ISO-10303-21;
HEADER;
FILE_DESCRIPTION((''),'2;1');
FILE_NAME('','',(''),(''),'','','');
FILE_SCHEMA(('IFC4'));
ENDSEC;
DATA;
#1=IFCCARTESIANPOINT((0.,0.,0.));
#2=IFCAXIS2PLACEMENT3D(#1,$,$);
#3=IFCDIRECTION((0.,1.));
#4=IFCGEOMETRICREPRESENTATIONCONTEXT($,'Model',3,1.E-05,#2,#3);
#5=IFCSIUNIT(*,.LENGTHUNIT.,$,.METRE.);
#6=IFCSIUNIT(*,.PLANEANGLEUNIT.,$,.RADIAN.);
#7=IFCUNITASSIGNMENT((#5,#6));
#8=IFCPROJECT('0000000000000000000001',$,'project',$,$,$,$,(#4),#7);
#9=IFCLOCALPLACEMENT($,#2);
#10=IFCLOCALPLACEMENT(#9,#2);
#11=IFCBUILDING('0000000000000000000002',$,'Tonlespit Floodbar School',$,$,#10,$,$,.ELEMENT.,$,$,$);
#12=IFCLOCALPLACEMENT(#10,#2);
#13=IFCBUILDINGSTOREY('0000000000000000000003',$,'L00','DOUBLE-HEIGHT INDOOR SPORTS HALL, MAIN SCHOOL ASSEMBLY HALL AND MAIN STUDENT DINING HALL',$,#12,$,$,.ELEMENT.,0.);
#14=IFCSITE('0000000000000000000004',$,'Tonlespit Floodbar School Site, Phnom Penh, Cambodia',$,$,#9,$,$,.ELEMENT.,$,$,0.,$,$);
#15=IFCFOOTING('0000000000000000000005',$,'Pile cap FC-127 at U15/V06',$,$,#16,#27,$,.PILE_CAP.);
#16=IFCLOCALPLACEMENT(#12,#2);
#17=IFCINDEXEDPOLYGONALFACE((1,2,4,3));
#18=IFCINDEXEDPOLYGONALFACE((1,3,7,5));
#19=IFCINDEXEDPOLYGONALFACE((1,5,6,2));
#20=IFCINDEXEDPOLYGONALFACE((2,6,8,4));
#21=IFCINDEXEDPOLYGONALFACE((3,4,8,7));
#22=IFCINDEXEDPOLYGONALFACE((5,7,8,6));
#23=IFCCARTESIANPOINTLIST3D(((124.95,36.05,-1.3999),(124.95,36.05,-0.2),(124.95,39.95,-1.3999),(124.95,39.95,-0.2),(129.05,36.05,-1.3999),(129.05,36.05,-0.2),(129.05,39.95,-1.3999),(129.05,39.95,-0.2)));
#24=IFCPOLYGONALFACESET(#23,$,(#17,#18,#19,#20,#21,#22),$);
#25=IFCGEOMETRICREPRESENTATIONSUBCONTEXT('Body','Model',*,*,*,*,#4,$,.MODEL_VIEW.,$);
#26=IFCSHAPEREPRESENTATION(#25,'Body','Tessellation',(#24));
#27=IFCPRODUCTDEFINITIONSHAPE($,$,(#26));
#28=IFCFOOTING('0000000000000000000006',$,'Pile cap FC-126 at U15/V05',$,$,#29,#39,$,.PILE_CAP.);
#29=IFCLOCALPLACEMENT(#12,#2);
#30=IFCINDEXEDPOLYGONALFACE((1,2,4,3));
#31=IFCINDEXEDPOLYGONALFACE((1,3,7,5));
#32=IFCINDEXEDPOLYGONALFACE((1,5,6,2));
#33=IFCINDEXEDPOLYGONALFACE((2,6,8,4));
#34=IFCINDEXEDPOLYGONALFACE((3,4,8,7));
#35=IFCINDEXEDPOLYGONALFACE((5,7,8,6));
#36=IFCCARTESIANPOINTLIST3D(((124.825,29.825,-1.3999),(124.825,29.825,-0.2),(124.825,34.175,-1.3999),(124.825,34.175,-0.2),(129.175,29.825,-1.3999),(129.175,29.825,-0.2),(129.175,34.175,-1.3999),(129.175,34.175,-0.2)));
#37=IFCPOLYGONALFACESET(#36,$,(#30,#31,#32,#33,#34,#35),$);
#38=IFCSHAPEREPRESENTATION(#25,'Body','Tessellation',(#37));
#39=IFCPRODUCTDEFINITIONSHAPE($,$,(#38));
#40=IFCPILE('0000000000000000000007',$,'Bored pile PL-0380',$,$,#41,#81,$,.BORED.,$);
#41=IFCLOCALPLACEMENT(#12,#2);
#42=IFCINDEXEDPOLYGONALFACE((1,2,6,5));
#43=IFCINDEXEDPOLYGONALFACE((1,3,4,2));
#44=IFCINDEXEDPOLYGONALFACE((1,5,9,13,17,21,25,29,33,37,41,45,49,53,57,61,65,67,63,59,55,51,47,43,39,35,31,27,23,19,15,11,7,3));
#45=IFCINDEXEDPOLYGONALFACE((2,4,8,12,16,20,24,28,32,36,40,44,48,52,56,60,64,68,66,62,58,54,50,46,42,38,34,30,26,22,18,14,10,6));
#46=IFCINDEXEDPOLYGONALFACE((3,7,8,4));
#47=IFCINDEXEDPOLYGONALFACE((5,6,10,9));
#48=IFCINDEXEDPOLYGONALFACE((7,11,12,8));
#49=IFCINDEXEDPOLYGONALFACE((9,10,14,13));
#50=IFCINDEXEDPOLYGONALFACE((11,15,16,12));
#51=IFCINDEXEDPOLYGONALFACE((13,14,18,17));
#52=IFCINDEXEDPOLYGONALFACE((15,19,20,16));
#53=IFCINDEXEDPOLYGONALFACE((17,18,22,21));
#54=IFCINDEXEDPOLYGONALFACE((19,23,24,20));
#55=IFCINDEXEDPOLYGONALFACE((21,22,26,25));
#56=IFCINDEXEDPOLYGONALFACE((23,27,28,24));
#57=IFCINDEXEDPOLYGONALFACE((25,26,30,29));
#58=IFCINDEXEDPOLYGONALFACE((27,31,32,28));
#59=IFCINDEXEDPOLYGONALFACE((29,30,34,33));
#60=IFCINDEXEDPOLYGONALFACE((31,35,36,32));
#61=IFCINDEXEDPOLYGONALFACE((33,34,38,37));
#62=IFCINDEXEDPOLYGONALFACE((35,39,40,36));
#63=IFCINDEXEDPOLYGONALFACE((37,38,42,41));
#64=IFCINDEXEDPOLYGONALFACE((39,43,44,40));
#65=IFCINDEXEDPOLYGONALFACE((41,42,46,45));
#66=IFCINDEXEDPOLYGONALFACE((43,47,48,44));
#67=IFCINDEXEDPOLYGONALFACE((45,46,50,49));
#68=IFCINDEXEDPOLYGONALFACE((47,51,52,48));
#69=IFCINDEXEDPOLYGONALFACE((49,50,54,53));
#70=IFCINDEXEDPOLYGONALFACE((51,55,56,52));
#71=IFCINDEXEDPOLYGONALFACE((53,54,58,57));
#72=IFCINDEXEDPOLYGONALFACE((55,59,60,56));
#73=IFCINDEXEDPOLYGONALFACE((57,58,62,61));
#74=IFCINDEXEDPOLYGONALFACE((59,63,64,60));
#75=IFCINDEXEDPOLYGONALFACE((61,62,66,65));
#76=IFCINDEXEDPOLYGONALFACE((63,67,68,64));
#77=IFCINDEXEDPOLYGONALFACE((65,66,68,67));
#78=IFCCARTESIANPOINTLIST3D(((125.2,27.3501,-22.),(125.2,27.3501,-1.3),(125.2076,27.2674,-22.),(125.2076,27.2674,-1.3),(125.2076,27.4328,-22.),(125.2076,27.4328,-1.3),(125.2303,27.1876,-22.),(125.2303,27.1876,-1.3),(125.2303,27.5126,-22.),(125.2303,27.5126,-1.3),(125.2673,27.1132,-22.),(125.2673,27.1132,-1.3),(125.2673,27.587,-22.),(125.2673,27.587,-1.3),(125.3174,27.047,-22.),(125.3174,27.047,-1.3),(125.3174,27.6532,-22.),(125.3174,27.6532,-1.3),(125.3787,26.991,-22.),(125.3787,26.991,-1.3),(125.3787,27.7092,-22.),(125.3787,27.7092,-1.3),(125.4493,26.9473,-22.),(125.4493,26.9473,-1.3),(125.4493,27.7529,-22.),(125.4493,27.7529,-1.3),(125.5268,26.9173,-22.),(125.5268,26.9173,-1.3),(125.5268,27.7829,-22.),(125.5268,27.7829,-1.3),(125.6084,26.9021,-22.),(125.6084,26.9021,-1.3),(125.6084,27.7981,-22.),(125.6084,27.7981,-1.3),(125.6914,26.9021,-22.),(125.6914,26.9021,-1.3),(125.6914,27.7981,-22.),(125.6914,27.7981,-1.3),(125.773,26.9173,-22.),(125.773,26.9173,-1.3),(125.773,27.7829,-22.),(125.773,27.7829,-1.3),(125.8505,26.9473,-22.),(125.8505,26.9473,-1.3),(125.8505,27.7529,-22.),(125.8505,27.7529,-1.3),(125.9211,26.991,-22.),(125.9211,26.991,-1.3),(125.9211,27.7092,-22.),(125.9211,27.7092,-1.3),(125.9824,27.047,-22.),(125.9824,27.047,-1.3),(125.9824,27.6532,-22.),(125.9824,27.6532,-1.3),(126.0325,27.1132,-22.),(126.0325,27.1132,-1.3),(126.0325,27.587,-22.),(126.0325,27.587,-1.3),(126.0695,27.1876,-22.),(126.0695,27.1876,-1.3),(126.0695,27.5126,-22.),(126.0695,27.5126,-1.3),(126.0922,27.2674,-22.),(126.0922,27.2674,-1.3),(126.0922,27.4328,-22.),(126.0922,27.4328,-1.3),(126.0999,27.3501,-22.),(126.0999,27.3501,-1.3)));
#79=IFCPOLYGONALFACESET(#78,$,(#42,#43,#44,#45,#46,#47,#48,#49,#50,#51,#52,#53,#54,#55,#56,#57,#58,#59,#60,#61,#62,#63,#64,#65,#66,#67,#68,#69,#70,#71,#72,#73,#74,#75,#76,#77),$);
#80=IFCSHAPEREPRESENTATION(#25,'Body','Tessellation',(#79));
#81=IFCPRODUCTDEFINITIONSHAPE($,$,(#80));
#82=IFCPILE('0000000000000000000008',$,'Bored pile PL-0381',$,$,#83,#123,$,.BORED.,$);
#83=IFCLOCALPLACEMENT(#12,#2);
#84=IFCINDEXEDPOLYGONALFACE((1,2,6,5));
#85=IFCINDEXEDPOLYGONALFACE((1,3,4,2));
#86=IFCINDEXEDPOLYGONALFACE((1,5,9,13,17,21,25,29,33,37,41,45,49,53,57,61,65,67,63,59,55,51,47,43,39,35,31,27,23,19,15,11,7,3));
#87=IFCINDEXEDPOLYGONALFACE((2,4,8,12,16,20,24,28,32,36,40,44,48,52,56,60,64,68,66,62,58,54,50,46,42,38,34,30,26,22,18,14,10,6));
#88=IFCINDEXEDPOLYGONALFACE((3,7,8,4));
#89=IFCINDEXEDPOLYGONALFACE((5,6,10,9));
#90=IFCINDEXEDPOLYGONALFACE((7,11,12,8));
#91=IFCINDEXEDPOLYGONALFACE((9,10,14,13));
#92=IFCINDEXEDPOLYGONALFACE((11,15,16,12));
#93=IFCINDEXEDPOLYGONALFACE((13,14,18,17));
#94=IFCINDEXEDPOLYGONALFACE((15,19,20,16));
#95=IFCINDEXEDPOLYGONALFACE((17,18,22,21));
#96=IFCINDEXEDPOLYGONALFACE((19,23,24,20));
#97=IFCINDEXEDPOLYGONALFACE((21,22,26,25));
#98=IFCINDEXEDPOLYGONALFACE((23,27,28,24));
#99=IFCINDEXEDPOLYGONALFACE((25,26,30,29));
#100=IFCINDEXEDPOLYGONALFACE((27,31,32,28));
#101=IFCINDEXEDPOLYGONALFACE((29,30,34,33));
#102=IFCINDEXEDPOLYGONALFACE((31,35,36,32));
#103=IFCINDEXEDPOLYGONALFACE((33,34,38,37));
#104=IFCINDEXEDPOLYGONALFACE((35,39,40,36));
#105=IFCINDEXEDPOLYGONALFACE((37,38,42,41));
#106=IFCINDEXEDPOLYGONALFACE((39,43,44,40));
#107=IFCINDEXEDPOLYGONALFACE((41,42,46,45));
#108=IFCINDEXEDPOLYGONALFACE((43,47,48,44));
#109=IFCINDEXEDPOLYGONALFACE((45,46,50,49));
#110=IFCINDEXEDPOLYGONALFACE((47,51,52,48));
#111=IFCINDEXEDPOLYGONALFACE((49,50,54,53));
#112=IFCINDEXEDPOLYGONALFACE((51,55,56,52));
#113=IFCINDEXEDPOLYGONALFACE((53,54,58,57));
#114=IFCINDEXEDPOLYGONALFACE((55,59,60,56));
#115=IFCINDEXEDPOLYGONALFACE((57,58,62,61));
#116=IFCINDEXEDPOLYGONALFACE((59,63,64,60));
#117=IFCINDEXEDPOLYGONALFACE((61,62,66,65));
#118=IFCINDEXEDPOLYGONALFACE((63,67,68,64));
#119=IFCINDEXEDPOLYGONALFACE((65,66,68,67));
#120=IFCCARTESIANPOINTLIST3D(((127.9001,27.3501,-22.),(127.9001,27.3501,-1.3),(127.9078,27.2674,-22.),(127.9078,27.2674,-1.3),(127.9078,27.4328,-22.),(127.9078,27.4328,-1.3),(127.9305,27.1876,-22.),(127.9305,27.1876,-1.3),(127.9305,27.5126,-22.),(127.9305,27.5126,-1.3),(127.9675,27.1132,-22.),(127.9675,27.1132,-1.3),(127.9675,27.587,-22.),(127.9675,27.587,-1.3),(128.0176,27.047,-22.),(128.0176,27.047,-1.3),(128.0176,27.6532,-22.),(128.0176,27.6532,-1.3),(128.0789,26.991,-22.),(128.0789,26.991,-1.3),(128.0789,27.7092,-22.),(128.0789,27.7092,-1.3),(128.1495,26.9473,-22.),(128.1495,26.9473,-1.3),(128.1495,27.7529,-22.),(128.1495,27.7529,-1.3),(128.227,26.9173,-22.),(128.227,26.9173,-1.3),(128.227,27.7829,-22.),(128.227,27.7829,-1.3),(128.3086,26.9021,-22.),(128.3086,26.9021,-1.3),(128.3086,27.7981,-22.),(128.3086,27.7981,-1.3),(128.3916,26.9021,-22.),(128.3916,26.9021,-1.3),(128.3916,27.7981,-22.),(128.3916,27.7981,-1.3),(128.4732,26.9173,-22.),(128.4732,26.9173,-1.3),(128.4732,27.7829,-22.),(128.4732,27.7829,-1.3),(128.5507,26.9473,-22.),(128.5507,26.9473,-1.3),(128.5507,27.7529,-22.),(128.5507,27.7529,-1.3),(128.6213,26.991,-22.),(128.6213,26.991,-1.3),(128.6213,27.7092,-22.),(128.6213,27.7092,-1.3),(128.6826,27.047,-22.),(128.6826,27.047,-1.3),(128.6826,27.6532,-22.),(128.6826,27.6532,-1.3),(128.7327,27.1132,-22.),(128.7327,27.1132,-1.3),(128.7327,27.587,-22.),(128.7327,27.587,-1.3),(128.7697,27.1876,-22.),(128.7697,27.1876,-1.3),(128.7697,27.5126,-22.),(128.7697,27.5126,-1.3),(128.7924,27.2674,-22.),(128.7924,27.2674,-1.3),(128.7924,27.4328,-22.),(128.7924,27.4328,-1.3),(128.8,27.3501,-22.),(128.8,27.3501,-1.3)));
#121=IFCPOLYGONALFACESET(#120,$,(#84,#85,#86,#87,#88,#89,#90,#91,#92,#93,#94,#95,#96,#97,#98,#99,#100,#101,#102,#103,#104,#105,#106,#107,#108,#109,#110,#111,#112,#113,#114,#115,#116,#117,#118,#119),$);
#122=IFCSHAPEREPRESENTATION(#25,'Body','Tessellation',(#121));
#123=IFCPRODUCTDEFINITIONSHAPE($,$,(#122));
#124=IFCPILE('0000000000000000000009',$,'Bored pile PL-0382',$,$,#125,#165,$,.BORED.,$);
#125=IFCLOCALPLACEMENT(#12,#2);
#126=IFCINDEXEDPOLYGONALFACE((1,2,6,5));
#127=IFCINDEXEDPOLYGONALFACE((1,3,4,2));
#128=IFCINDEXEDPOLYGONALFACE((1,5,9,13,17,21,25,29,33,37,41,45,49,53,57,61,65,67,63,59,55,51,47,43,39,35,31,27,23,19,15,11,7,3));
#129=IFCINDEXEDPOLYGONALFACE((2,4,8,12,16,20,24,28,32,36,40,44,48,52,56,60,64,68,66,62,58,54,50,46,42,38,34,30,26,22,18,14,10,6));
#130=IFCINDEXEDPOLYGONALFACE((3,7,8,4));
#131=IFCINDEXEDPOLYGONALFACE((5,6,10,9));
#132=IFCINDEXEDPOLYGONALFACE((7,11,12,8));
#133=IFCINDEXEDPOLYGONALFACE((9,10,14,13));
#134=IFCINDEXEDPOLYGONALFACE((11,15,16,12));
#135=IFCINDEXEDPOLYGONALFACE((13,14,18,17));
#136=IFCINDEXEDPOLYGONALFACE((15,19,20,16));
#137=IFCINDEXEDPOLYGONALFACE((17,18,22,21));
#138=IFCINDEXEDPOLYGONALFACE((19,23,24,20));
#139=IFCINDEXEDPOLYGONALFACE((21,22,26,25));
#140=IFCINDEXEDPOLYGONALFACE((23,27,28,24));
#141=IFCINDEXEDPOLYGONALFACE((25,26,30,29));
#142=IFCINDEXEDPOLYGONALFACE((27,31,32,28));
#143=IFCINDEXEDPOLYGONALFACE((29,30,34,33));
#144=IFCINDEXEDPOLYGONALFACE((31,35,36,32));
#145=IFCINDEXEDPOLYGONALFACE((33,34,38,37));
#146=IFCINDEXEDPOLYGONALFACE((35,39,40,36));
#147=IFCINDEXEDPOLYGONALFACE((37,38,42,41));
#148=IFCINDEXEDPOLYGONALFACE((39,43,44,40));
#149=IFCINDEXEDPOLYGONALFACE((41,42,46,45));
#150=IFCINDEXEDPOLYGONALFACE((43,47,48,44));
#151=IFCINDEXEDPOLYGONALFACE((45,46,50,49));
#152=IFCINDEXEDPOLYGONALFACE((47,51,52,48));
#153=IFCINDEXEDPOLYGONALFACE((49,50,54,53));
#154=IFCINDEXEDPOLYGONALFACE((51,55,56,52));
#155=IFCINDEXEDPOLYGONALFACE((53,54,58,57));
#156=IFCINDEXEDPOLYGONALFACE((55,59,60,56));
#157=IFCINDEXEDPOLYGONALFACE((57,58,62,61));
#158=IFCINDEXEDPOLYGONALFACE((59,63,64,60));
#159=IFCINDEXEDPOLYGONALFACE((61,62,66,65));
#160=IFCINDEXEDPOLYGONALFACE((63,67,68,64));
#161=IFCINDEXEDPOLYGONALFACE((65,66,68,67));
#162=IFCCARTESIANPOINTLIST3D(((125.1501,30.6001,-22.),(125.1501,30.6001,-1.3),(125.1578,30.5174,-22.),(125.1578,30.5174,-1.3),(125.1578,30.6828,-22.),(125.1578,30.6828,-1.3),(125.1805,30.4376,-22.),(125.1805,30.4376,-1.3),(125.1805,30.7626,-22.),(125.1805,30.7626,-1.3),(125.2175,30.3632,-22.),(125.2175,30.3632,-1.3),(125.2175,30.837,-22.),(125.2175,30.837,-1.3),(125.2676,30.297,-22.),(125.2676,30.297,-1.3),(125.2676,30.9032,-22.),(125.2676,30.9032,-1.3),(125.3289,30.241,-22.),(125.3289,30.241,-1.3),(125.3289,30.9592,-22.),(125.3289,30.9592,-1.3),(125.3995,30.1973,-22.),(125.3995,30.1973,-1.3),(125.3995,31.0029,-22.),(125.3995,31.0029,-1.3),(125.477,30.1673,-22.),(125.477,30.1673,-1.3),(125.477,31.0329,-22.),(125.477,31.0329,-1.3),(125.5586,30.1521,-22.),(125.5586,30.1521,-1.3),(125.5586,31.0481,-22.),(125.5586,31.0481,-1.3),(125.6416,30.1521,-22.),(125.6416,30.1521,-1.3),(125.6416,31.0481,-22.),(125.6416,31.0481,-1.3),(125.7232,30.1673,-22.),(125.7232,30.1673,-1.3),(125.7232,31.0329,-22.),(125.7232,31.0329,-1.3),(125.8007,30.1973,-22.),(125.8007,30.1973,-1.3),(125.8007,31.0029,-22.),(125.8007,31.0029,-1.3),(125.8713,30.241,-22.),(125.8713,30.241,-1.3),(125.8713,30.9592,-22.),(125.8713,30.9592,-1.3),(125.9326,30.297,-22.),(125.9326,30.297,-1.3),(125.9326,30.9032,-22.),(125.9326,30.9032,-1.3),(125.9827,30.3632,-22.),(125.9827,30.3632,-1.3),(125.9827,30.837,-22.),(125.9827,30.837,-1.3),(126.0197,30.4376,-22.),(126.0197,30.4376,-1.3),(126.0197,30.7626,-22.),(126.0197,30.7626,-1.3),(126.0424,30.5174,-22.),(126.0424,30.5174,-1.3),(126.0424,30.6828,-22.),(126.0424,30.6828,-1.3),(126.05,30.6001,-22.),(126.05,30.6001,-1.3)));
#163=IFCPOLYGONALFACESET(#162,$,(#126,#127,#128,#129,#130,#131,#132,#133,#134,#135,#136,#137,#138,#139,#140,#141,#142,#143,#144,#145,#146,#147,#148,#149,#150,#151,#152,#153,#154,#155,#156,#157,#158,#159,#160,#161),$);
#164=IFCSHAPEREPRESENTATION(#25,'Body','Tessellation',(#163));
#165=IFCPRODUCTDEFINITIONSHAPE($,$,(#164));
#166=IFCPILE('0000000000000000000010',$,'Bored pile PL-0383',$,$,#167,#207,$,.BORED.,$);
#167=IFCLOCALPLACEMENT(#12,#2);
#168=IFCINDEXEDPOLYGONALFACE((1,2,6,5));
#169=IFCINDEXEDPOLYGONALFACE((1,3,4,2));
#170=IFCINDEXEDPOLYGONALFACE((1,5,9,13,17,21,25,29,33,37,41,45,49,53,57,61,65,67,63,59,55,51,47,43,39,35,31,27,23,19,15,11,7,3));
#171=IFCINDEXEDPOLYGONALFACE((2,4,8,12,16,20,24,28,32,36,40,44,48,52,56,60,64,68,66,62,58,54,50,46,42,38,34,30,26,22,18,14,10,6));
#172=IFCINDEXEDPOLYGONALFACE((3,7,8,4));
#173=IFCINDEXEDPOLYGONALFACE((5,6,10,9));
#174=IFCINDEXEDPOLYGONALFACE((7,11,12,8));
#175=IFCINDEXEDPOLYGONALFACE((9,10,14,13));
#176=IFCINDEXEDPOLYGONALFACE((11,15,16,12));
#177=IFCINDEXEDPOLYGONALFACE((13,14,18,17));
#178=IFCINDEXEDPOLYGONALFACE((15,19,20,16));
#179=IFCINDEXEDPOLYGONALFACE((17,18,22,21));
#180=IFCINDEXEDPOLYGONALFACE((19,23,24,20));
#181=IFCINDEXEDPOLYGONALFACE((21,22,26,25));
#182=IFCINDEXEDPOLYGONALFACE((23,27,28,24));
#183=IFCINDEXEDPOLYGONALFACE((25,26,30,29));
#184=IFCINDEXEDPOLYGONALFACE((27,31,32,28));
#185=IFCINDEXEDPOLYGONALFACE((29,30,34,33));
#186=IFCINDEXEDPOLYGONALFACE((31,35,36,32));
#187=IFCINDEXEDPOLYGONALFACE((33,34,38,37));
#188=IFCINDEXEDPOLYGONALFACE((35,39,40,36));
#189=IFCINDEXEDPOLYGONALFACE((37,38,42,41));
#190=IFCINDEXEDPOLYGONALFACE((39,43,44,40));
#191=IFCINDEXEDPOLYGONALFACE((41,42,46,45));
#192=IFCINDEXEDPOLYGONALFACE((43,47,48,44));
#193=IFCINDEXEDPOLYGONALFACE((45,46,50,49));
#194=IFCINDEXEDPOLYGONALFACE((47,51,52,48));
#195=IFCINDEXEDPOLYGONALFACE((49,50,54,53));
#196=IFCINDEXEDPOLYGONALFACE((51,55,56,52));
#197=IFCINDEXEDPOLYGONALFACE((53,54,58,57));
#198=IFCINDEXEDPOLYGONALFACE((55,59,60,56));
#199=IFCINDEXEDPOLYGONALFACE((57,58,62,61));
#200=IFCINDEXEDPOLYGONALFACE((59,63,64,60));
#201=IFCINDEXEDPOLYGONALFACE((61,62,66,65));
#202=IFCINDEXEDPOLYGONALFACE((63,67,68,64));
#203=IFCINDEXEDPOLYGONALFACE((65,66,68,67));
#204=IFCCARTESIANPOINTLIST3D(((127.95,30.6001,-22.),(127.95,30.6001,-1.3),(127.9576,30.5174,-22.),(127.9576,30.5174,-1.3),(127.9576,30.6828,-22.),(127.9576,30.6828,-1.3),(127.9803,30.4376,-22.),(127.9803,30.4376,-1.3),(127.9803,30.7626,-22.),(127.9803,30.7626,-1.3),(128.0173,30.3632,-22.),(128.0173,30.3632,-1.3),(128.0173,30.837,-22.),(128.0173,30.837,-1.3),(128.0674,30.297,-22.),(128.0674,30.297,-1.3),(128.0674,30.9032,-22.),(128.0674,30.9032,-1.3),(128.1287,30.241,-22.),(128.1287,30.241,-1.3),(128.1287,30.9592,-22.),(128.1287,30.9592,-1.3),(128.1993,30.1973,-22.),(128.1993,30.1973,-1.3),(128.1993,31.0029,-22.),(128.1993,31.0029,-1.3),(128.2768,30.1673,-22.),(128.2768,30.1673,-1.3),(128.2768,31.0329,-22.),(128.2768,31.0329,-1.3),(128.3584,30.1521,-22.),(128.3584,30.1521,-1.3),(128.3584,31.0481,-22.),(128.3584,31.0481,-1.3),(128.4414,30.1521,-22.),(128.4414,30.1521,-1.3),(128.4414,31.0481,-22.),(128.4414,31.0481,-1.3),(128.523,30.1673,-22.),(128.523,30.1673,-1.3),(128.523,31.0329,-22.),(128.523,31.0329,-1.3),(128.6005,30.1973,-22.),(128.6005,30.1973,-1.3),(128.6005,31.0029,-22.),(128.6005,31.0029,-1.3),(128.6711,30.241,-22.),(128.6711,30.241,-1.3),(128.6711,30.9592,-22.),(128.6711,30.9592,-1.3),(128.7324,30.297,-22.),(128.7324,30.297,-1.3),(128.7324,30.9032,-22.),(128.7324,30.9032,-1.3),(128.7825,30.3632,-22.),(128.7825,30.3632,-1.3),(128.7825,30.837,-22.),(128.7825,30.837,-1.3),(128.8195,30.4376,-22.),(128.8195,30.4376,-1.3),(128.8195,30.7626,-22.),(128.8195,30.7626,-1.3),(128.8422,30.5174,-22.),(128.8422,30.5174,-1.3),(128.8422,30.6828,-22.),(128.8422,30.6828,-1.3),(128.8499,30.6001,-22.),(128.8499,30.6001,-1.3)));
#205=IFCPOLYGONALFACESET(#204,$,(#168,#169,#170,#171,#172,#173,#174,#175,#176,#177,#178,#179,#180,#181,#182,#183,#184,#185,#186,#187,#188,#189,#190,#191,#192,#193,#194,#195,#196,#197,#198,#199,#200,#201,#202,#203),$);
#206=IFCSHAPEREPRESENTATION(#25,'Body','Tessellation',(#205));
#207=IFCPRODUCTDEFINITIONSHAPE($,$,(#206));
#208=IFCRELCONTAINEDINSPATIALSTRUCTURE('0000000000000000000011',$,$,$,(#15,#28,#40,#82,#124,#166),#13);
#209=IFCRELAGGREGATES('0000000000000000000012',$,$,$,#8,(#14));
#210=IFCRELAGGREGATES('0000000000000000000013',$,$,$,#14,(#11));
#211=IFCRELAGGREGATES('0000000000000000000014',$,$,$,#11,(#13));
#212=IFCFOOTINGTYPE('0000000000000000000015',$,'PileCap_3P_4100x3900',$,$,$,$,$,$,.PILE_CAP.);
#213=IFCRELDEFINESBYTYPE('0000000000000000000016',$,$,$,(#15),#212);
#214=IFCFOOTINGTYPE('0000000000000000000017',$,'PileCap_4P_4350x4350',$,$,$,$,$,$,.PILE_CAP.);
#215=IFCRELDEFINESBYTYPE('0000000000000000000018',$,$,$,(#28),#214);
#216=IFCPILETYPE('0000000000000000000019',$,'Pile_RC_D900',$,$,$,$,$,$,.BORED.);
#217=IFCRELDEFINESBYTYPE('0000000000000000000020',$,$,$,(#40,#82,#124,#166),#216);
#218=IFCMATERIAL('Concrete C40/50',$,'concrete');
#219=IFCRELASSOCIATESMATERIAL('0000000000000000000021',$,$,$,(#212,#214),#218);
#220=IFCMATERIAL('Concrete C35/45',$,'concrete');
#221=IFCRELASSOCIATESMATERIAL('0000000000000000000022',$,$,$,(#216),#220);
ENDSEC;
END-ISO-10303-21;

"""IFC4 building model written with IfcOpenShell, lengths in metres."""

from ifc_helpers import new_model, si_unit, direction, frame, origin, origin_2d, place, context, subcontext, project, spatial, rectangle, circle, extrude, material, material_profile, profile_set, type_object, element, save


model = new_model("IFC4")

# Units and contexts
model_context = context("Model", 3, precision=1e-05, world=origin(), true_north=direction((0.0, 1.0)))
body_context = subcontext(model_context, "Body", "Model", "MODEL_VIEW")
ifc_project = project(units=[si_unit("LENGTHUNIT", "METRE"), si_unit("PLANEANGLEUNIT", "RADIAN")], contexts=[model_context])

# Site, building, storey
site_placement = place(None, origin())
site = spatial("IfcSite", under=ifc_project, at=site_placement, Name="Tonlespit Floodbar School Site, Phnom Penh, Cambodia", CompositionType="ELEMENT", RefElevation=0.0)
building_placement = place(site_placement, origin())
building = spatial("IfcBuilding", under=site, at=building_placement, Name="Tonlespit Floodbar School", CompositionType="ELEMENT")
storey_placement = place(building_placement, origin())
storey = spatial("IfcBuildingStorey", under=building, at=storey_placement, Name="L00", Description="DOUBLE-HEIGHT INDOOR SPORTS HALL, MAIN SCHOOL ASSEMBLY HALL AND MAIN STUDENT DINING HALL", CompositionType="ELEMENT", Elevation=0.0)

# Footings
ifc_material_1 = material(Name="Concrete C40/50", Category="concrete")
footing_type_1 = type_object("IfcFootingType", Name="PileCap_3P_4100x3900", PredefinedType="PILE_CAP", material=ifc_material_1)
footing_1_placement = place(storey_placement, frame((127.0, 38.0, -1.3999), z_axis=(0.0, 0.0, 1.0), x_axis=(1.0, 0.0, 0.0)))
element("IfcFooting", 1, at=footing_1_placement, inside=storey, type_object=footing_type_1, Name="Pile cap FC-127 at U15/V06", PredefinedType="PILE_CAP", context=body_context, shape_type="SweptSolid", body=[
    extrude(rectangle(XDim=4.1001, YDim=3.8999, at=origin_2d()), origin(), (0.0, 0.0, 1.0), 1.2),
])
footing_type_2 = type_object("IfcFootingType", Name="PileCap_4P_4350x4350", PredefinedType="PILE_CAP", material=ifc_material_1)
footing_2_placement = place(storey_placement, frame((127.0, 32.0, -1.3999), z_axis=(0.0, 0.0, 1.0), x_axis=(1.0, 0.0, 0.0)))
element("IfcFooting", 2, at=footing_2_placement, inside=storey, type_object=footing_type_2, Name="Pile cap FC-126 at U15/V05", PredefinedType="PILE_CAP", context=body_context, shape_type="SweptSolid", body=[
    extrude(rectangle(XDim=4.3501, YDim=4.3501, at=origin_2d()), origin(), (0.0, 0.0, 1.0), 1.2),
])

# Piles
ifc_material_2 = material(Name="Concrete C35/45", Category="concrete")
ifc_material_profile_1 = material_profile(ifc_material_2, circle(Radius=0.45, at=origin_2d()), Name="BP D900")
ifc_profile_set_1 = profile_set([ifc_material_profile_1], Name="Concrete C35/45")
pile_type = type_object("IfcPileType", Name="Pile_RC_D900", PredefinedType="BORED", material=ifc_profile_set_1)
for number, where, z_axis, x_axis, name in (
    (3, (125.6499, 27.3501, -1.3), (0.0, 0.0, -1.0), (1.0, 0.0, 0.0), "Bored pile PL-0380"),
    (4, (128.3501, 27.3501, -1.3), (0.0, 0.0, -1.0), (1.0, 0.0, 0.0), "Bored pile PL-0381"),
    (5, (125.6001, 30.6001, -1.3), (0.0, 0.0, -1.0), (1.0, 0.0, 0.0), "Bored pile PL-0382"),
    (6, (128.3999, 30.6001, -1.3), (0.0, 0.0, -1.0), (1.0, 0.0, 0.0), "Bored pile PL-0383"),
):
    element("IfcPile", number, at=place(storey_placement, frame(where, z_axis=z_axis, x_axis=x_axis)), inside=storey, type_object=pile_type, Name=name, PredefinedType="BORED", context=body_context, shape_type="SweptSolid", body=[
        extrude(circle(Radius=0.45, at=origin_2d()), origin(), (0.0, 0.0, 1.0), 20.7),
    ])

save(model, "model.ifc")
